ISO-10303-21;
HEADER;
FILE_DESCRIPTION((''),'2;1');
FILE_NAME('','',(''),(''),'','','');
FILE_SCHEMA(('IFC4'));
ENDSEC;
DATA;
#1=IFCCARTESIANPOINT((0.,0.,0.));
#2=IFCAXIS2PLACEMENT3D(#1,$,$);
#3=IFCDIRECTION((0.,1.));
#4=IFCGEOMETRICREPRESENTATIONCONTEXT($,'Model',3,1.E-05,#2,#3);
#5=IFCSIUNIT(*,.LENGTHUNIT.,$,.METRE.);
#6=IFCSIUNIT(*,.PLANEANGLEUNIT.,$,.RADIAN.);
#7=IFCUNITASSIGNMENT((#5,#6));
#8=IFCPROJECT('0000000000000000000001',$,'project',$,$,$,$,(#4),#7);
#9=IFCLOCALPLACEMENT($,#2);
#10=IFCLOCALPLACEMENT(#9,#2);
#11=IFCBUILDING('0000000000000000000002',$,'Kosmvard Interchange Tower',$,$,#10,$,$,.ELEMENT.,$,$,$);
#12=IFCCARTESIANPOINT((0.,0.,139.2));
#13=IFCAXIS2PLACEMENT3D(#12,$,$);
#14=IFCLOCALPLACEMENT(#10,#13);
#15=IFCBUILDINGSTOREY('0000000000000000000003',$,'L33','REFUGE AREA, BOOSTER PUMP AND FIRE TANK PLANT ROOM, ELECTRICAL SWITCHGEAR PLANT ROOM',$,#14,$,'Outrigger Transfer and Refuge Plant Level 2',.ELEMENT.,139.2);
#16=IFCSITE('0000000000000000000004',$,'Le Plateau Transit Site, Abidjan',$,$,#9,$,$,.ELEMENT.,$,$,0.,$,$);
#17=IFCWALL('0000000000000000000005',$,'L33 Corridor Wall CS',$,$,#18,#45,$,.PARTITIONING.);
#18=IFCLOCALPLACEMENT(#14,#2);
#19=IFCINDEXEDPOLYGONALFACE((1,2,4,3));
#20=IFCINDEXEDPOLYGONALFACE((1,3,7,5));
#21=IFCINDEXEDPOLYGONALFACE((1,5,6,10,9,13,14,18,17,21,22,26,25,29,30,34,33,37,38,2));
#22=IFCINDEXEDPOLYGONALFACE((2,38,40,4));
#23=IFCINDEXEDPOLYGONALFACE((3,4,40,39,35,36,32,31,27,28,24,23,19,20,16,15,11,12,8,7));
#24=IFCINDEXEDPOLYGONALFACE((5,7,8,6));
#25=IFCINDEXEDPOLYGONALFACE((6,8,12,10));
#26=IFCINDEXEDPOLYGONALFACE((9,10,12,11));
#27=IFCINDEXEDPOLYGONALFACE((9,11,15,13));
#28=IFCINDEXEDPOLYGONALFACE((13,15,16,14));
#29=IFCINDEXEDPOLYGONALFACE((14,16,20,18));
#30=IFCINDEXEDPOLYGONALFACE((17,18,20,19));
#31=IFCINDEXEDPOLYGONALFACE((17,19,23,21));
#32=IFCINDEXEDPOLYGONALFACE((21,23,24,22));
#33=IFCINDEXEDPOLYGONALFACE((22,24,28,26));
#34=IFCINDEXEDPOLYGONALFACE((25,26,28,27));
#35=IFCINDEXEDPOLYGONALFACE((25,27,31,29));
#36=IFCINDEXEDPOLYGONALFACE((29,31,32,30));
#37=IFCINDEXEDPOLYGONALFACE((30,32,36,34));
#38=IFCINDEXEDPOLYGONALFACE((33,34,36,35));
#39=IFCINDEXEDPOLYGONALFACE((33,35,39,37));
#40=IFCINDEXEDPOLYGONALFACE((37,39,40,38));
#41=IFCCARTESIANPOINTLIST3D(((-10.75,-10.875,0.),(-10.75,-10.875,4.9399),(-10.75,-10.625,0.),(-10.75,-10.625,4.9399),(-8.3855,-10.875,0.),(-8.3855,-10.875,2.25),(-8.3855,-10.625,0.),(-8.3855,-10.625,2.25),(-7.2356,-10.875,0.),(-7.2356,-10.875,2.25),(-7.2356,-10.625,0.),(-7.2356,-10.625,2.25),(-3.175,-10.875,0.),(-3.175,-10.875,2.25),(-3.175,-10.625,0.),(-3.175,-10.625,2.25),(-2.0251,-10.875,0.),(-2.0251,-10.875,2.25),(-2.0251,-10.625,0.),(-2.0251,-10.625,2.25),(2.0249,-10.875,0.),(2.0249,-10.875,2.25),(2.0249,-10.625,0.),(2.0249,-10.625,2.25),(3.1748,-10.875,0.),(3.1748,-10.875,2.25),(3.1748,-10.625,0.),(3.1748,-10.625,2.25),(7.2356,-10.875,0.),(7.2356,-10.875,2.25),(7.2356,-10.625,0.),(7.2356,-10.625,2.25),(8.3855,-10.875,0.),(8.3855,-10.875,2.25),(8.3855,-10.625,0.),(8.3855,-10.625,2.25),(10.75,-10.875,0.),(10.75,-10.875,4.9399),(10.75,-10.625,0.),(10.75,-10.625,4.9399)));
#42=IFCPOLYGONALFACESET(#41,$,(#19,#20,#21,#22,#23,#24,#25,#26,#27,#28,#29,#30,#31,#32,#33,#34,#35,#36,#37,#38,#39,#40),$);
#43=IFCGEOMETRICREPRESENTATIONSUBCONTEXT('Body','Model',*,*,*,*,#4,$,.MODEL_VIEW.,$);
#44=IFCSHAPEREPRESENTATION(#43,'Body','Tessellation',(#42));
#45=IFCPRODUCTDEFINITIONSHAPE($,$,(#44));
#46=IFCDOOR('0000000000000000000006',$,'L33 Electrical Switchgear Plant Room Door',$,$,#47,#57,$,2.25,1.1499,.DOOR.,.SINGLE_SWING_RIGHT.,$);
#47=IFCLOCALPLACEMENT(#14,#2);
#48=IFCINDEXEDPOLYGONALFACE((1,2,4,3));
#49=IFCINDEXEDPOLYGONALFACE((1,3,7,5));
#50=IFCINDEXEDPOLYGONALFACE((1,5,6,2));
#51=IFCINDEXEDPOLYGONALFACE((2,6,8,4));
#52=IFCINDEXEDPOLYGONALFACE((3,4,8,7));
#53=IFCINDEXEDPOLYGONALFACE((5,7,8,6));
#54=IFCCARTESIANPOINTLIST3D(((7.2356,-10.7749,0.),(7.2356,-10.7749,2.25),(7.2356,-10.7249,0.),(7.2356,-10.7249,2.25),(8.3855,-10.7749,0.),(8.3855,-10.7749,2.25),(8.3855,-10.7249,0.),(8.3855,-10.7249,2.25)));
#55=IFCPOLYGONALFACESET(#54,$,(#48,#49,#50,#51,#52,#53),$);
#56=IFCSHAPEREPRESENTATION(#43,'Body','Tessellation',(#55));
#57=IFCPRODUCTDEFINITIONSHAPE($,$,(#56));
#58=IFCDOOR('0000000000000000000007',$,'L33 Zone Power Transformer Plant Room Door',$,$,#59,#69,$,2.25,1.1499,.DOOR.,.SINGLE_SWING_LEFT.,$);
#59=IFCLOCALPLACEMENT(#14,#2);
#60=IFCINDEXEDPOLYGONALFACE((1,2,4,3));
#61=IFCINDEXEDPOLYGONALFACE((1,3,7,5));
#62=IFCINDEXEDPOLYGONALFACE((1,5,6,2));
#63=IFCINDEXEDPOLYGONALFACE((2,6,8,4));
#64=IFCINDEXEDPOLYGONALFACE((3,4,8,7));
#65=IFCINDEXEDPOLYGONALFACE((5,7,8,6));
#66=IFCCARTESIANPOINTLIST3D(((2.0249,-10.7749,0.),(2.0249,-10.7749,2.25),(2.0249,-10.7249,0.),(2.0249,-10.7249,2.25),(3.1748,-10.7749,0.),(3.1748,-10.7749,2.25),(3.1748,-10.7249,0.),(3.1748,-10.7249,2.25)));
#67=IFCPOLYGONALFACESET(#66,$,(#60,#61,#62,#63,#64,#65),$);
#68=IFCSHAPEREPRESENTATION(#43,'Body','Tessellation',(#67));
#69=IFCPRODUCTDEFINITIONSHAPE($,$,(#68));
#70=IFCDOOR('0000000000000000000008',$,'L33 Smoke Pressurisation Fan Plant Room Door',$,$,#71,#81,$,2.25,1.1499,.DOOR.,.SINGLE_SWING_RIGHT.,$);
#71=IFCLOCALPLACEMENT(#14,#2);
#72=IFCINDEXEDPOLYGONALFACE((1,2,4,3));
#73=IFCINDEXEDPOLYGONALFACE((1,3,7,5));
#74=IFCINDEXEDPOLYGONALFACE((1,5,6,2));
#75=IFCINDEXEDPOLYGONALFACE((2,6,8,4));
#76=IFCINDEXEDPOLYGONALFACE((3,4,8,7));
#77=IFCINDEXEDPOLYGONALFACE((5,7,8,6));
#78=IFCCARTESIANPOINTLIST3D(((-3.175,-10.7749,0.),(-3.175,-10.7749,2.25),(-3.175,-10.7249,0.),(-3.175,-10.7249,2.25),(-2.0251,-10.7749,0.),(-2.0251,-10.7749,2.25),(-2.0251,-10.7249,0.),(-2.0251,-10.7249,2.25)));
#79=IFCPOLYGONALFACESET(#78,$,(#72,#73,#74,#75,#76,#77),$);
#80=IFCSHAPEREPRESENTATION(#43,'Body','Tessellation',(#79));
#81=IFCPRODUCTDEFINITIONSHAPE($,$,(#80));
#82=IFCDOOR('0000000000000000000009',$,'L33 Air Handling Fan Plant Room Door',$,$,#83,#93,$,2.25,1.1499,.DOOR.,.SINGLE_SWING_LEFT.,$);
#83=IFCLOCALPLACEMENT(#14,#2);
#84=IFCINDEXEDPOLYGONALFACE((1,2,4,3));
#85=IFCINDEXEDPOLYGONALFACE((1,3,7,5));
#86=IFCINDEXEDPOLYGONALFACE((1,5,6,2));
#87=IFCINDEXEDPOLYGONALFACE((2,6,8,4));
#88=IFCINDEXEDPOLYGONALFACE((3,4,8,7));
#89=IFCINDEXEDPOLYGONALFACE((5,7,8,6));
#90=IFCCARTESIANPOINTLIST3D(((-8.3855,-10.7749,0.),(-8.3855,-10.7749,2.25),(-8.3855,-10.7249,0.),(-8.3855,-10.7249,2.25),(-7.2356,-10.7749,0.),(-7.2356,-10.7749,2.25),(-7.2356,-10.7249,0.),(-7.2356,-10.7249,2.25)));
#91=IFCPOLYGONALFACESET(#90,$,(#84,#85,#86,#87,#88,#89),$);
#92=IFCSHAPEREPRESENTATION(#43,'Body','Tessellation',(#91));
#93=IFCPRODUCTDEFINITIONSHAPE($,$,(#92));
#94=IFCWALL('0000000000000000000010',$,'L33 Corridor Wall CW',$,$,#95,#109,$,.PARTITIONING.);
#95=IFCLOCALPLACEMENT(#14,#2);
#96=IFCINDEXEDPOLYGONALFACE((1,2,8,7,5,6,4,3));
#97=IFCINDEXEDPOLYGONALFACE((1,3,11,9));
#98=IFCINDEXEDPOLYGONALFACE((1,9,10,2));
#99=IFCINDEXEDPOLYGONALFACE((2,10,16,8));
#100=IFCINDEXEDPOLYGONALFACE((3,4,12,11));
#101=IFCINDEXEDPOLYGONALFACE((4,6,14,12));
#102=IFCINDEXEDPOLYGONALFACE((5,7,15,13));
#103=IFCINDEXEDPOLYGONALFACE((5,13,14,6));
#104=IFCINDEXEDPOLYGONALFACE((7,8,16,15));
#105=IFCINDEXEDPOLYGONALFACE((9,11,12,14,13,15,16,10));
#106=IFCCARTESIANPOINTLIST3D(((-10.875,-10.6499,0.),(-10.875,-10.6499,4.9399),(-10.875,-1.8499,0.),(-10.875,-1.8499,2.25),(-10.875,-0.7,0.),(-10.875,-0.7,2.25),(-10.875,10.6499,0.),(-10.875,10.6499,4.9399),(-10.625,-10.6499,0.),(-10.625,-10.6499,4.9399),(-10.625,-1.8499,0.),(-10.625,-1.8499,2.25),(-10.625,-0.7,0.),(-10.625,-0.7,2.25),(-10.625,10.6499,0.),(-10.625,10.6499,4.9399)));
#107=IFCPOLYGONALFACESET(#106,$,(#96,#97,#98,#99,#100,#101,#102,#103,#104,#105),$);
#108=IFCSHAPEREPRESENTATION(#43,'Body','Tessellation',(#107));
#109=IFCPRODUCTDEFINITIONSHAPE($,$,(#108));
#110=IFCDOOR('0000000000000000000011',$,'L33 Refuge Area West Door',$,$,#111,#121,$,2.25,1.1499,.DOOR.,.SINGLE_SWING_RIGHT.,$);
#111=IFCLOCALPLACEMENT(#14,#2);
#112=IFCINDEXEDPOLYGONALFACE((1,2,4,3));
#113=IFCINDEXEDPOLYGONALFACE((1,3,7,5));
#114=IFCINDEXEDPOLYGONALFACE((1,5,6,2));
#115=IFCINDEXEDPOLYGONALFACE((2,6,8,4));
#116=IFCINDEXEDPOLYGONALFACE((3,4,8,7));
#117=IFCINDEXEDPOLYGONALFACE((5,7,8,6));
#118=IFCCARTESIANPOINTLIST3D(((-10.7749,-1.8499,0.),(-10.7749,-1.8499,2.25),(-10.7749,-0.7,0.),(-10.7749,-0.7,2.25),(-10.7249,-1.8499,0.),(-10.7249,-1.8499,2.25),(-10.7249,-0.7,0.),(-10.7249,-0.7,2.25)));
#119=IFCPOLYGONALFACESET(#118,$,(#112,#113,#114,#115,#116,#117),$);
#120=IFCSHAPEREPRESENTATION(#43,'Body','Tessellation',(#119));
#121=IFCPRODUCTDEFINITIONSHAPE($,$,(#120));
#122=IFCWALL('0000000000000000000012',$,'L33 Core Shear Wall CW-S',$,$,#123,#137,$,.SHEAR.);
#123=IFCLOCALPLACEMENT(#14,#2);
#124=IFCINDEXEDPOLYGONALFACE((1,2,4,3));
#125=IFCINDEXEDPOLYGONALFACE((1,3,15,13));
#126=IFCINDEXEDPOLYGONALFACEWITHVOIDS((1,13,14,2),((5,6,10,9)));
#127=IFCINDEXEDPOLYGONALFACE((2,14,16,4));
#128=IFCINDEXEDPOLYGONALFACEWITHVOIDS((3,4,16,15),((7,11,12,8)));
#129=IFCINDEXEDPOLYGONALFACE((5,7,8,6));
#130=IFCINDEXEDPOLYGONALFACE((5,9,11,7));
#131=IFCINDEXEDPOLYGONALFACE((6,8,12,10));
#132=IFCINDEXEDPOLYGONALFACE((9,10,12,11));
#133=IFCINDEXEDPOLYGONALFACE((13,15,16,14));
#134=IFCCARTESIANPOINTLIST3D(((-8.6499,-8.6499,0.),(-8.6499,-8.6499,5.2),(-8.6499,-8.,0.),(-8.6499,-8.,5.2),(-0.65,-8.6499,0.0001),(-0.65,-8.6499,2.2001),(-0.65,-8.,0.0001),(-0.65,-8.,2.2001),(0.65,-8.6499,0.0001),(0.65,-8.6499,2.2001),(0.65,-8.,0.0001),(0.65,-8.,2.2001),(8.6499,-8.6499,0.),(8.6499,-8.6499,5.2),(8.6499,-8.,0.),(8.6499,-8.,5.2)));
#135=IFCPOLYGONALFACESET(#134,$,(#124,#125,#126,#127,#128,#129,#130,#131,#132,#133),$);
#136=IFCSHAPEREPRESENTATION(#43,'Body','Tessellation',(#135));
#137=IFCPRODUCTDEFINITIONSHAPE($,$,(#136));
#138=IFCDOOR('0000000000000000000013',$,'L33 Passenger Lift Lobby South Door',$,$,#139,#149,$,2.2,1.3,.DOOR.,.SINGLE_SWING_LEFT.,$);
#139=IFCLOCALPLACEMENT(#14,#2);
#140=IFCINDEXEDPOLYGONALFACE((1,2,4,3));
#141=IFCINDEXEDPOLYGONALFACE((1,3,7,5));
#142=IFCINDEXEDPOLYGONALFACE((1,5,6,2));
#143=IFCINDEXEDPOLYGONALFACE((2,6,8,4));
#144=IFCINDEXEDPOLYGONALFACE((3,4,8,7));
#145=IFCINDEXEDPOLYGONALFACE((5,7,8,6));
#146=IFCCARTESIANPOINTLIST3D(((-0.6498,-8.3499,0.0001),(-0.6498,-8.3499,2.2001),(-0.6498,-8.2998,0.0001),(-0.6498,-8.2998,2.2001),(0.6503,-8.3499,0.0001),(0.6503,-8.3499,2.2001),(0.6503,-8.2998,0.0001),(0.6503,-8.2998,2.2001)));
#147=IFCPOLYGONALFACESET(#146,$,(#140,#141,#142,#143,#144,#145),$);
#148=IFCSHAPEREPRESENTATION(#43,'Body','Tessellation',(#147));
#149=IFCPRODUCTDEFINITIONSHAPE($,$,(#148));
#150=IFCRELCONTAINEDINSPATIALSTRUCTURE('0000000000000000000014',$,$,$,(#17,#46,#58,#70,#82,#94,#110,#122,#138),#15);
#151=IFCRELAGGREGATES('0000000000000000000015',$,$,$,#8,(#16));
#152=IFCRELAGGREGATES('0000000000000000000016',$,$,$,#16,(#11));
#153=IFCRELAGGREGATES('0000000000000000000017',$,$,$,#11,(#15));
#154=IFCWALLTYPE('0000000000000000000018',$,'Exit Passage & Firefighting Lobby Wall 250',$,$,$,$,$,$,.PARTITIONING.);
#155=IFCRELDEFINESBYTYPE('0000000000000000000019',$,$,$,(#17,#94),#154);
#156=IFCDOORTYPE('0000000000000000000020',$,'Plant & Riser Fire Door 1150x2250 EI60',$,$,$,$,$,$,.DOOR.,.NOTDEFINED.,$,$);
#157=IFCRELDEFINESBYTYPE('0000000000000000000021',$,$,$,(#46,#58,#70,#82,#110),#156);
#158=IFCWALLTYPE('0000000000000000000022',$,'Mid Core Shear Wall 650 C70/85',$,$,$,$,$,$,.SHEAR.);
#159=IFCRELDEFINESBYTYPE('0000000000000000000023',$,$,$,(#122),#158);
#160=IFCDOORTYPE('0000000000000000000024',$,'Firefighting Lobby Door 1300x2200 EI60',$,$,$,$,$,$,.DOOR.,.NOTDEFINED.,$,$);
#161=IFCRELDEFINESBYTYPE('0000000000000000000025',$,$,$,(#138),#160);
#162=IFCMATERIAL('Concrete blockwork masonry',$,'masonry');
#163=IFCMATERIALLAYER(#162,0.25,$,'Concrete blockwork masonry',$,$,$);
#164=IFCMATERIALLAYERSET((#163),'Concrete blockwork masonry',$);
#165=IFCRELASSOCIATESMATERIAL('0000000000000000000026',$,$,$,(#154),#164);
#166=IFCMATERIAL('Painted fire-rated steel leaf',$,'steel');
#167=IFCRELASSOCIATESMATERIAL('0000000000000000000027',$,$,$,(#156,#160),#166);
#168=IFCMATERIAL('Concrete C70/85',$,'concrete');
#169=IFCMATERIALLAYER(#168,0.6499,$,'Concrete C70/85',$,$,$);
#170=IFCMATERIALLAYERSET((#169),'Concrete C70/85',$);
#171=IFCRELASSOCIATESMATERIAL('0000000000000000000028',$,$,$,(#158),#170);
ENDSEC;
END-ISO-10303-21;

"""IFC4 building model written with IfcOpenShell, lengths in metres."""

from ifc_helpers import new_model, si_unit, direction, frame, frame_2d, origin, place, context, subcontext, project, spatial, rectangle, extrude, source, transform, mapped, material, layer, layer_set, type_object, element, fill, save


model = new_model("IFC4")

# Units and contexts
model_context = context("Model", 3, precision=1e-05, world=origin(), true_north=direction((0.0, 1.0)))
body_context = subcontext(model_context, "Body", "Model", "MODEL_VIEW")
ifc_project = project(units=[si_unit("LENGTHUNIT", "METRE"), si_unit("PLANEANGLEUNIT", "RADIAN")], contexts=[model_context])

# Site, building, storey
site_placement = place(None, origin())
site = spatial("IfcSite", under=ifc_project, at=site_placement, Name="Le Plateau Transit Site, Abidjan", CompositionType="ELEMENT", RefElevation=0.0)
building_placement = place(site_placement, origin())
building = spatial("IfcBuilding", under=site, at=building_placement, Name="Kosmvard Interchange Tower", CompositionType="ELEMENT")
storey_placement = place(building_placement, frame((0.0, 0.0, 139.2)))
storey = spatial("IfcBuildingStorey", under=building, at=storey_placement, Name="L33", Description="REFUGE AREA, BOOSTER PUMP AND FIRE TANK PLANT ROOM, ELECTRICAL SWITCHGEAR PLANT ROOM", LongName="Outrigger Transfer and Refuge Plant Level 2", CompositionType="ELEMENT", Elevation=139.2)

# Wall, openings, doors
ifc_material_1 = material(Name="Concrete blockwork masonry", Category="masonry")
ifc_layer_1 = layer(ifc_material_1, 0.25, Name="Concrete blockwork masonry")
ifc_layer_set_1 = layer_set([ifc_layer_1], Name="Concrete blockwork masonry")
wall_type_1 = type_object("IfcWallType", Name="Exit Passage & Firefighting Lobby Wall 250", PredefinedType="PARTITIONING", material=ifc_layer_set_1)
wall_1_placement = place(storey_placement, frame((-10.75, -10.75, 0.0), z_axis=(0.0, 0.0, 1.0), x_axis=(1.0, 0.0, 0.0)))
wall_1 = element("IfcWall", 1, at=wall_1_placement, inside=storey, type_object=wall_type_1, Name="L33 Corridor Wall CS", PredefinedType="PARTITIONING", context=body_context, shape_type="SweptSolid", body=[
    extrude(rectangle(XDim=21.5, YDim=0.25, at=frame_2d((10.75, 0.0))), origin(), (0.0, 0.0, 1.0), 4.9399),
])
opening_1_placement = place(wall_1_placement, frame((17.9856, 0.0, 0.0)))
opening_1 = element("IfcOpeningElement", 2, at=opening_1_placement, cuts=wall_1, PredefinedType="OPENING", context=body_context, shape_type="SweptSolid", body=[
    extrude(rectangle(XDim=1.1499, YDim=2.25, at=frame_2d((0.575, 1.125))), frame((0.0, 0.135, 0.0), z_axis=(0.0, -1.0, 0.0), x_axis=(1.0, 0.0, 0.0)), (0.0, 0.0, 1.0), 0.27),
])
opening_2_placement = place(wall_1_placement, frame((12.7749, 0.0, 0.0)))
opening_2 = element("IfcOpeningElement", 3, at=opening_2_placement, cuts=wall_1, PredefinedType="OPENING", context=body_context, shape_type="SweptSolid", body=[
    extrude(rectangle(XDim=1.1499, YDim=2.25, at=frame_2d((0.575, 1.125))), frame((0.0, 0.135, 0.0), z_axis=(0.0, -1.0, 0.0), x_axis=(1.0, 0.0, 0.0)), (0.0, 0.0, 1.0), 0.27),
])
opening_3_placement = place(wall_1_placement, frame((7.575, 0.0, 0.0)))
opening_3 = element("IfcOpeningElement", 4, at=opening_3_placement, cuts=wall_1, PredefinedType="OPENING", context=body_context, shape_type="SweptSolid", body=[
    extrude(rectangle(XDim=1.1499, YDim=2.25, at=frame_2d((0.575, 1.125))), frame((0.0, 0.135, 0.0), z_axis=(0.0, -1.0, 0.0), x_axis=(1.0, 0.0, 0.0)), (0.0, 0.0, 1.0), 0.27),
])
opening_4_placement = place(wall_1_placement, frame((2.3645, 0.0, 0.0)))
opening_4 = element("IfcOpeningElement", 5, at=opening_4_placement, cuts=wall_1, PredefinedType="OPENING", context=body_context, shape_type="SweptSolid", body=[
    extrude(rectangle(XDim=1.1499, YDim=2.25, at=frame_2d((0.575, 1.125))), frame((0.0, 0.135, 0.0), z_axis=(0.0, -1.0, 0.0), x_axis=(1.0, 0.0, 0.0)), (0.0, 0.0, 1.0), 0.27),
])
ifc_material_2 = material(Name="Painted fire-rated steel leaf", Category="steel")
door_type_1 = type_object("IfcDoorType", Name="Plant & Riser Fire Door 1150x2250 EI60", OperationType="NOTDEFINED", PredefinedType="DOOR", material=ifc_material_2)
shared_shape_1 = source(origin(), body_context, "Body", "SweptSolid", [
    extrude(rectangle(XDim=1.1499, YDim=2.25, at=frame_2d((0.575, 1.125))), frame((0.0, 0.0249, 0.0), z_axis=(0.0, -1.0, 0.0), x_axis=(1.0, 0.0, 0.0)), (0.0, 0.0, 1.0), 0.05),
])
door_1_placement = place(opening_1_placement, frame((1.1499, 0.0, 0.0), z_axis=(0.0, 0.0, 1.0), x_axis=(-1.0, 0.0, 0.0)))
door_1 = element("IfcDoor", 6, at=door_1_placement, inside=storey, type_object=door_type_1, Name="L33 Electrical Switchgear Plant Room Door", OperationType="SINGLE_SWING_RIGHT", OverallHeight=2.25, OverallWidth=1.1499, PredefinedType="DOOR", context=body_context, shape_type="MappedRepresentation", body=[
    mapped(shared_shape_1, transform((0.0, 0.0, 0.0), scale=1.0)),
])
fill(opening_1, door_1)
door_2_placement = place(opening_2_placement, frame((1.1499, 0.0, 0.0), z_axis=(0.0, 0.0, 1.0), x_axis=(-1.0, 0.0, 0.0)))
door_2 = element("IfcDoor", 7, at=door_2_placement, inside=storey, type_object=door_type_1, Name="L33 Zone Power Transformer Plant Room Door", OperationType="SINGLE_SWING_LEFT", OverallHeight=2.25, OverallWidth=1.1499, PredefinedType="DOOR", context=body_context, shape_type="MappedRepresentation", body=[
    mapped(shared_shape_1, transform((0.0, 0.0, 0.0), scale=1.0)),
])
fill(opening_2, door_2)
door_3_placement = place(opening_3_placement, frame((1.1499, 0.0, 0.0), z_axis=(0.0, 0.0, 1.0), x_axis=(-1.0, 0.0, 0.0)))
door_3 = element("IfcDoor", 8, at=door_3_placement, inside=storey, type_object=door_type_1, Name="L33 Smoke Pressurisation Fan Plant Room Door", OperationType="SINGLE_SWING_RIGHT", OverallHeight=2.25, OverallWidth=1.1499, PredefinedType="DOOR", context=body_context, shape_type="MappedRepresentation", body=[
    mapped(shared_shape_1, transform((0.0, 0.0, 0.0), scale=1.0)),
])
fill(opening_3, door_3)
door_4_placement = place(opening_4_placement, frame((1.1499, 0.0, 0.0), z_axis=(0.0, 0.0, 1.0), x_axis=(-1.0, 0.0, 0.0)))
door_4 = element("IfcDoor", 9, at=door_4_placement, inside=storey, type_object=door_type_1, Name="L33 Air Handling Fan Plant Room Door", OperationType="SINGLE_SWING_LEFT", OverallHeight=2.25, OverallWidth=1.1499, PredefinedType="DOOR", context=body_context, shape_type="MappedRepresentation", body=[
    mapped(shared_shape_1, transform((0.0, 0.0, 0.0), scale=1.0)),
])
fill(opening_4, door_4)

# Walls, openings, doors
wall_2_placement = place(storey_placement, frame((-10.75, -10.6499, 0.0), z_axis=(0.0, 0.0, 1.0), x_axis=(0.0, 1.0, 0.0)))
wall_2 = element("IfcWall", 10, at=wall_2_placement, inside=storey, type_object=wall_type_1, Name="L33 Corridor Wall CW", PredefinedType="PARTITIONING", context=body_context, shape_type="SweptSolid", body=[
    extrude(rectangle(XDim=21.2998, YDim=0.25, at=frame_2d((10.6499, 0.0))), origin(), (0.0, 0.0, 1.0), 4.9399),
])
opening_5_placement = place(wall_2_placement, frame((8.8, 0.0, 0.0)))
opening_5 = element("IfcOpeningElement", 11, at=opening_5_placement, cuts=wall_2, PredefinedType="OPENING", context=body_context, shape_type="SweptSolid", body=[
    extrude(rectangle(XDim=1.1499, YDim=2.25, at=frame_2d((0.575, 1.125))), frame((0.0, 0.135, 0.0), z_axis=(0.0, -1.0, 0.0), x_axis=(1.0, 0.0, 0.0)), (0.0, 0.0, 1.0), 0.27),
])
door_5_placement = place(opening_5_placement, origin())
door_5 = element("IfcDoor", 12, at=door_5_placement, inside=storey, type_object=door_type_1, Name="L33 Refuge Area West Door", OperationType="SINGLE_SWING_RIGHT", OverallHeight=2.25, OverallWidth=1.1499, PredefinedType="DOOR", context=body_context, shape_type="MappedRepresentation", body=[
    mapped(shared_shape_1, transform((0.0, 0.0, 0.0), scale=1.0)),
])
fill(opening_5, door_5)
ifc_material_3 = material(Name="Concrete C70/85", Category="concrete")
ifc_layer_2 = layer(ifc_material_3, 0.6499, Name="Concrete C70/85")
ifc_layer_set_2 = layer_set([ifc_layer_2], Name="Concrete C70/85")
wall_type_2 = type_object("IfcWallType", Name="Mid Core Shear Wall 650 C70/85", PredefinedType="SHEAR", material=ifc_layer_set_2)
wall_3_placement = place(storey_placement, frame((-8.6499, -8.325, 0.0), z_axis=(0.0, 0.0, 1.0), x_axis=(1.0, 0.0, 0.0)))
wall_3 = element("IfcWall", 13, at=wall_3_placement, inside=storey, type_object=wall_type_2, Name="L33 Core Shear Wall CW-S", PredefinedType="SHEAR", context=body_context, shape_type="SweptSolid", body=[
    extrude(rectangle(XDim=17.2998, YDim=0.6499, at=frame_2d((8.6499, 0.0))), origin(), (0.0, 0.0, 1.0), 5.2),
])
opening_6_placement = place(wall_3_placement, frame((8.0, 0.0, 0.0)))
opening_6 = element("IfcOpeningElement", 14, at=opening_6_placement, cuts=wall_3, PredefinedType="OPENING", context=body_context, shape_type="SweptSolid", body=[
    extrude(rectangle(XDim=1.3, YDim=2.2, at=frame_2d((0.6499, 1.1001))), frame((0.0, 0.335, 0.0), z_axis=(0.0, -1.0, 0.0), x_axis=(1.0, 0.0, 0.0)), (0.0, 0.0, 1.0), 0.6699),
])
door_type_2 = type_object("IfcDoorType", Name="Firefighting Lobby Door 1300x2200 EI60", OperationType="NOTDEFINED", PredefinedType="DOOR", material=ifc_material_2)
shared_shape_2 = source(origin(), body_context, "Body", "SweptSolid", [
    extrude(rectangle(XDim=1.3, YDim=2.2, at=frame_2d((0.6499, 1.1001))), frame((0.0, 0.0249, 0.0), z_axis=(0.0, -1.0, 0.0), x_axis=(1.0, 0.0, 0.0)), (0.0, 0.0, 1.0), 0.05),
])
door_6_placement = place(opening_6_placement, frame((1.3, 0.0, 0.0), z_axis=(0.0, 0.0, 1.0), x_axis=(-1.0, 0.0, 0.0)))
door_6 = element("IfcDoor", 15, at=door_6_placement, inside=storey, type_object=door_type_2, Name="L33 Passenger Lift Lobby South Door", OperationType="SINGLE_SWING_LEFT", OverallHeight=2.2, OverallWidth=1.3, PredefinedType="DOOR", context=body_context, shape_type="MappedRepresentation", body=[
    mapped(shared_shape_2, transform((0.0, 0.0, 0.0), scale=1.0)),
])
fill(opening_6, door_6)

save(model, "model.ifc")
